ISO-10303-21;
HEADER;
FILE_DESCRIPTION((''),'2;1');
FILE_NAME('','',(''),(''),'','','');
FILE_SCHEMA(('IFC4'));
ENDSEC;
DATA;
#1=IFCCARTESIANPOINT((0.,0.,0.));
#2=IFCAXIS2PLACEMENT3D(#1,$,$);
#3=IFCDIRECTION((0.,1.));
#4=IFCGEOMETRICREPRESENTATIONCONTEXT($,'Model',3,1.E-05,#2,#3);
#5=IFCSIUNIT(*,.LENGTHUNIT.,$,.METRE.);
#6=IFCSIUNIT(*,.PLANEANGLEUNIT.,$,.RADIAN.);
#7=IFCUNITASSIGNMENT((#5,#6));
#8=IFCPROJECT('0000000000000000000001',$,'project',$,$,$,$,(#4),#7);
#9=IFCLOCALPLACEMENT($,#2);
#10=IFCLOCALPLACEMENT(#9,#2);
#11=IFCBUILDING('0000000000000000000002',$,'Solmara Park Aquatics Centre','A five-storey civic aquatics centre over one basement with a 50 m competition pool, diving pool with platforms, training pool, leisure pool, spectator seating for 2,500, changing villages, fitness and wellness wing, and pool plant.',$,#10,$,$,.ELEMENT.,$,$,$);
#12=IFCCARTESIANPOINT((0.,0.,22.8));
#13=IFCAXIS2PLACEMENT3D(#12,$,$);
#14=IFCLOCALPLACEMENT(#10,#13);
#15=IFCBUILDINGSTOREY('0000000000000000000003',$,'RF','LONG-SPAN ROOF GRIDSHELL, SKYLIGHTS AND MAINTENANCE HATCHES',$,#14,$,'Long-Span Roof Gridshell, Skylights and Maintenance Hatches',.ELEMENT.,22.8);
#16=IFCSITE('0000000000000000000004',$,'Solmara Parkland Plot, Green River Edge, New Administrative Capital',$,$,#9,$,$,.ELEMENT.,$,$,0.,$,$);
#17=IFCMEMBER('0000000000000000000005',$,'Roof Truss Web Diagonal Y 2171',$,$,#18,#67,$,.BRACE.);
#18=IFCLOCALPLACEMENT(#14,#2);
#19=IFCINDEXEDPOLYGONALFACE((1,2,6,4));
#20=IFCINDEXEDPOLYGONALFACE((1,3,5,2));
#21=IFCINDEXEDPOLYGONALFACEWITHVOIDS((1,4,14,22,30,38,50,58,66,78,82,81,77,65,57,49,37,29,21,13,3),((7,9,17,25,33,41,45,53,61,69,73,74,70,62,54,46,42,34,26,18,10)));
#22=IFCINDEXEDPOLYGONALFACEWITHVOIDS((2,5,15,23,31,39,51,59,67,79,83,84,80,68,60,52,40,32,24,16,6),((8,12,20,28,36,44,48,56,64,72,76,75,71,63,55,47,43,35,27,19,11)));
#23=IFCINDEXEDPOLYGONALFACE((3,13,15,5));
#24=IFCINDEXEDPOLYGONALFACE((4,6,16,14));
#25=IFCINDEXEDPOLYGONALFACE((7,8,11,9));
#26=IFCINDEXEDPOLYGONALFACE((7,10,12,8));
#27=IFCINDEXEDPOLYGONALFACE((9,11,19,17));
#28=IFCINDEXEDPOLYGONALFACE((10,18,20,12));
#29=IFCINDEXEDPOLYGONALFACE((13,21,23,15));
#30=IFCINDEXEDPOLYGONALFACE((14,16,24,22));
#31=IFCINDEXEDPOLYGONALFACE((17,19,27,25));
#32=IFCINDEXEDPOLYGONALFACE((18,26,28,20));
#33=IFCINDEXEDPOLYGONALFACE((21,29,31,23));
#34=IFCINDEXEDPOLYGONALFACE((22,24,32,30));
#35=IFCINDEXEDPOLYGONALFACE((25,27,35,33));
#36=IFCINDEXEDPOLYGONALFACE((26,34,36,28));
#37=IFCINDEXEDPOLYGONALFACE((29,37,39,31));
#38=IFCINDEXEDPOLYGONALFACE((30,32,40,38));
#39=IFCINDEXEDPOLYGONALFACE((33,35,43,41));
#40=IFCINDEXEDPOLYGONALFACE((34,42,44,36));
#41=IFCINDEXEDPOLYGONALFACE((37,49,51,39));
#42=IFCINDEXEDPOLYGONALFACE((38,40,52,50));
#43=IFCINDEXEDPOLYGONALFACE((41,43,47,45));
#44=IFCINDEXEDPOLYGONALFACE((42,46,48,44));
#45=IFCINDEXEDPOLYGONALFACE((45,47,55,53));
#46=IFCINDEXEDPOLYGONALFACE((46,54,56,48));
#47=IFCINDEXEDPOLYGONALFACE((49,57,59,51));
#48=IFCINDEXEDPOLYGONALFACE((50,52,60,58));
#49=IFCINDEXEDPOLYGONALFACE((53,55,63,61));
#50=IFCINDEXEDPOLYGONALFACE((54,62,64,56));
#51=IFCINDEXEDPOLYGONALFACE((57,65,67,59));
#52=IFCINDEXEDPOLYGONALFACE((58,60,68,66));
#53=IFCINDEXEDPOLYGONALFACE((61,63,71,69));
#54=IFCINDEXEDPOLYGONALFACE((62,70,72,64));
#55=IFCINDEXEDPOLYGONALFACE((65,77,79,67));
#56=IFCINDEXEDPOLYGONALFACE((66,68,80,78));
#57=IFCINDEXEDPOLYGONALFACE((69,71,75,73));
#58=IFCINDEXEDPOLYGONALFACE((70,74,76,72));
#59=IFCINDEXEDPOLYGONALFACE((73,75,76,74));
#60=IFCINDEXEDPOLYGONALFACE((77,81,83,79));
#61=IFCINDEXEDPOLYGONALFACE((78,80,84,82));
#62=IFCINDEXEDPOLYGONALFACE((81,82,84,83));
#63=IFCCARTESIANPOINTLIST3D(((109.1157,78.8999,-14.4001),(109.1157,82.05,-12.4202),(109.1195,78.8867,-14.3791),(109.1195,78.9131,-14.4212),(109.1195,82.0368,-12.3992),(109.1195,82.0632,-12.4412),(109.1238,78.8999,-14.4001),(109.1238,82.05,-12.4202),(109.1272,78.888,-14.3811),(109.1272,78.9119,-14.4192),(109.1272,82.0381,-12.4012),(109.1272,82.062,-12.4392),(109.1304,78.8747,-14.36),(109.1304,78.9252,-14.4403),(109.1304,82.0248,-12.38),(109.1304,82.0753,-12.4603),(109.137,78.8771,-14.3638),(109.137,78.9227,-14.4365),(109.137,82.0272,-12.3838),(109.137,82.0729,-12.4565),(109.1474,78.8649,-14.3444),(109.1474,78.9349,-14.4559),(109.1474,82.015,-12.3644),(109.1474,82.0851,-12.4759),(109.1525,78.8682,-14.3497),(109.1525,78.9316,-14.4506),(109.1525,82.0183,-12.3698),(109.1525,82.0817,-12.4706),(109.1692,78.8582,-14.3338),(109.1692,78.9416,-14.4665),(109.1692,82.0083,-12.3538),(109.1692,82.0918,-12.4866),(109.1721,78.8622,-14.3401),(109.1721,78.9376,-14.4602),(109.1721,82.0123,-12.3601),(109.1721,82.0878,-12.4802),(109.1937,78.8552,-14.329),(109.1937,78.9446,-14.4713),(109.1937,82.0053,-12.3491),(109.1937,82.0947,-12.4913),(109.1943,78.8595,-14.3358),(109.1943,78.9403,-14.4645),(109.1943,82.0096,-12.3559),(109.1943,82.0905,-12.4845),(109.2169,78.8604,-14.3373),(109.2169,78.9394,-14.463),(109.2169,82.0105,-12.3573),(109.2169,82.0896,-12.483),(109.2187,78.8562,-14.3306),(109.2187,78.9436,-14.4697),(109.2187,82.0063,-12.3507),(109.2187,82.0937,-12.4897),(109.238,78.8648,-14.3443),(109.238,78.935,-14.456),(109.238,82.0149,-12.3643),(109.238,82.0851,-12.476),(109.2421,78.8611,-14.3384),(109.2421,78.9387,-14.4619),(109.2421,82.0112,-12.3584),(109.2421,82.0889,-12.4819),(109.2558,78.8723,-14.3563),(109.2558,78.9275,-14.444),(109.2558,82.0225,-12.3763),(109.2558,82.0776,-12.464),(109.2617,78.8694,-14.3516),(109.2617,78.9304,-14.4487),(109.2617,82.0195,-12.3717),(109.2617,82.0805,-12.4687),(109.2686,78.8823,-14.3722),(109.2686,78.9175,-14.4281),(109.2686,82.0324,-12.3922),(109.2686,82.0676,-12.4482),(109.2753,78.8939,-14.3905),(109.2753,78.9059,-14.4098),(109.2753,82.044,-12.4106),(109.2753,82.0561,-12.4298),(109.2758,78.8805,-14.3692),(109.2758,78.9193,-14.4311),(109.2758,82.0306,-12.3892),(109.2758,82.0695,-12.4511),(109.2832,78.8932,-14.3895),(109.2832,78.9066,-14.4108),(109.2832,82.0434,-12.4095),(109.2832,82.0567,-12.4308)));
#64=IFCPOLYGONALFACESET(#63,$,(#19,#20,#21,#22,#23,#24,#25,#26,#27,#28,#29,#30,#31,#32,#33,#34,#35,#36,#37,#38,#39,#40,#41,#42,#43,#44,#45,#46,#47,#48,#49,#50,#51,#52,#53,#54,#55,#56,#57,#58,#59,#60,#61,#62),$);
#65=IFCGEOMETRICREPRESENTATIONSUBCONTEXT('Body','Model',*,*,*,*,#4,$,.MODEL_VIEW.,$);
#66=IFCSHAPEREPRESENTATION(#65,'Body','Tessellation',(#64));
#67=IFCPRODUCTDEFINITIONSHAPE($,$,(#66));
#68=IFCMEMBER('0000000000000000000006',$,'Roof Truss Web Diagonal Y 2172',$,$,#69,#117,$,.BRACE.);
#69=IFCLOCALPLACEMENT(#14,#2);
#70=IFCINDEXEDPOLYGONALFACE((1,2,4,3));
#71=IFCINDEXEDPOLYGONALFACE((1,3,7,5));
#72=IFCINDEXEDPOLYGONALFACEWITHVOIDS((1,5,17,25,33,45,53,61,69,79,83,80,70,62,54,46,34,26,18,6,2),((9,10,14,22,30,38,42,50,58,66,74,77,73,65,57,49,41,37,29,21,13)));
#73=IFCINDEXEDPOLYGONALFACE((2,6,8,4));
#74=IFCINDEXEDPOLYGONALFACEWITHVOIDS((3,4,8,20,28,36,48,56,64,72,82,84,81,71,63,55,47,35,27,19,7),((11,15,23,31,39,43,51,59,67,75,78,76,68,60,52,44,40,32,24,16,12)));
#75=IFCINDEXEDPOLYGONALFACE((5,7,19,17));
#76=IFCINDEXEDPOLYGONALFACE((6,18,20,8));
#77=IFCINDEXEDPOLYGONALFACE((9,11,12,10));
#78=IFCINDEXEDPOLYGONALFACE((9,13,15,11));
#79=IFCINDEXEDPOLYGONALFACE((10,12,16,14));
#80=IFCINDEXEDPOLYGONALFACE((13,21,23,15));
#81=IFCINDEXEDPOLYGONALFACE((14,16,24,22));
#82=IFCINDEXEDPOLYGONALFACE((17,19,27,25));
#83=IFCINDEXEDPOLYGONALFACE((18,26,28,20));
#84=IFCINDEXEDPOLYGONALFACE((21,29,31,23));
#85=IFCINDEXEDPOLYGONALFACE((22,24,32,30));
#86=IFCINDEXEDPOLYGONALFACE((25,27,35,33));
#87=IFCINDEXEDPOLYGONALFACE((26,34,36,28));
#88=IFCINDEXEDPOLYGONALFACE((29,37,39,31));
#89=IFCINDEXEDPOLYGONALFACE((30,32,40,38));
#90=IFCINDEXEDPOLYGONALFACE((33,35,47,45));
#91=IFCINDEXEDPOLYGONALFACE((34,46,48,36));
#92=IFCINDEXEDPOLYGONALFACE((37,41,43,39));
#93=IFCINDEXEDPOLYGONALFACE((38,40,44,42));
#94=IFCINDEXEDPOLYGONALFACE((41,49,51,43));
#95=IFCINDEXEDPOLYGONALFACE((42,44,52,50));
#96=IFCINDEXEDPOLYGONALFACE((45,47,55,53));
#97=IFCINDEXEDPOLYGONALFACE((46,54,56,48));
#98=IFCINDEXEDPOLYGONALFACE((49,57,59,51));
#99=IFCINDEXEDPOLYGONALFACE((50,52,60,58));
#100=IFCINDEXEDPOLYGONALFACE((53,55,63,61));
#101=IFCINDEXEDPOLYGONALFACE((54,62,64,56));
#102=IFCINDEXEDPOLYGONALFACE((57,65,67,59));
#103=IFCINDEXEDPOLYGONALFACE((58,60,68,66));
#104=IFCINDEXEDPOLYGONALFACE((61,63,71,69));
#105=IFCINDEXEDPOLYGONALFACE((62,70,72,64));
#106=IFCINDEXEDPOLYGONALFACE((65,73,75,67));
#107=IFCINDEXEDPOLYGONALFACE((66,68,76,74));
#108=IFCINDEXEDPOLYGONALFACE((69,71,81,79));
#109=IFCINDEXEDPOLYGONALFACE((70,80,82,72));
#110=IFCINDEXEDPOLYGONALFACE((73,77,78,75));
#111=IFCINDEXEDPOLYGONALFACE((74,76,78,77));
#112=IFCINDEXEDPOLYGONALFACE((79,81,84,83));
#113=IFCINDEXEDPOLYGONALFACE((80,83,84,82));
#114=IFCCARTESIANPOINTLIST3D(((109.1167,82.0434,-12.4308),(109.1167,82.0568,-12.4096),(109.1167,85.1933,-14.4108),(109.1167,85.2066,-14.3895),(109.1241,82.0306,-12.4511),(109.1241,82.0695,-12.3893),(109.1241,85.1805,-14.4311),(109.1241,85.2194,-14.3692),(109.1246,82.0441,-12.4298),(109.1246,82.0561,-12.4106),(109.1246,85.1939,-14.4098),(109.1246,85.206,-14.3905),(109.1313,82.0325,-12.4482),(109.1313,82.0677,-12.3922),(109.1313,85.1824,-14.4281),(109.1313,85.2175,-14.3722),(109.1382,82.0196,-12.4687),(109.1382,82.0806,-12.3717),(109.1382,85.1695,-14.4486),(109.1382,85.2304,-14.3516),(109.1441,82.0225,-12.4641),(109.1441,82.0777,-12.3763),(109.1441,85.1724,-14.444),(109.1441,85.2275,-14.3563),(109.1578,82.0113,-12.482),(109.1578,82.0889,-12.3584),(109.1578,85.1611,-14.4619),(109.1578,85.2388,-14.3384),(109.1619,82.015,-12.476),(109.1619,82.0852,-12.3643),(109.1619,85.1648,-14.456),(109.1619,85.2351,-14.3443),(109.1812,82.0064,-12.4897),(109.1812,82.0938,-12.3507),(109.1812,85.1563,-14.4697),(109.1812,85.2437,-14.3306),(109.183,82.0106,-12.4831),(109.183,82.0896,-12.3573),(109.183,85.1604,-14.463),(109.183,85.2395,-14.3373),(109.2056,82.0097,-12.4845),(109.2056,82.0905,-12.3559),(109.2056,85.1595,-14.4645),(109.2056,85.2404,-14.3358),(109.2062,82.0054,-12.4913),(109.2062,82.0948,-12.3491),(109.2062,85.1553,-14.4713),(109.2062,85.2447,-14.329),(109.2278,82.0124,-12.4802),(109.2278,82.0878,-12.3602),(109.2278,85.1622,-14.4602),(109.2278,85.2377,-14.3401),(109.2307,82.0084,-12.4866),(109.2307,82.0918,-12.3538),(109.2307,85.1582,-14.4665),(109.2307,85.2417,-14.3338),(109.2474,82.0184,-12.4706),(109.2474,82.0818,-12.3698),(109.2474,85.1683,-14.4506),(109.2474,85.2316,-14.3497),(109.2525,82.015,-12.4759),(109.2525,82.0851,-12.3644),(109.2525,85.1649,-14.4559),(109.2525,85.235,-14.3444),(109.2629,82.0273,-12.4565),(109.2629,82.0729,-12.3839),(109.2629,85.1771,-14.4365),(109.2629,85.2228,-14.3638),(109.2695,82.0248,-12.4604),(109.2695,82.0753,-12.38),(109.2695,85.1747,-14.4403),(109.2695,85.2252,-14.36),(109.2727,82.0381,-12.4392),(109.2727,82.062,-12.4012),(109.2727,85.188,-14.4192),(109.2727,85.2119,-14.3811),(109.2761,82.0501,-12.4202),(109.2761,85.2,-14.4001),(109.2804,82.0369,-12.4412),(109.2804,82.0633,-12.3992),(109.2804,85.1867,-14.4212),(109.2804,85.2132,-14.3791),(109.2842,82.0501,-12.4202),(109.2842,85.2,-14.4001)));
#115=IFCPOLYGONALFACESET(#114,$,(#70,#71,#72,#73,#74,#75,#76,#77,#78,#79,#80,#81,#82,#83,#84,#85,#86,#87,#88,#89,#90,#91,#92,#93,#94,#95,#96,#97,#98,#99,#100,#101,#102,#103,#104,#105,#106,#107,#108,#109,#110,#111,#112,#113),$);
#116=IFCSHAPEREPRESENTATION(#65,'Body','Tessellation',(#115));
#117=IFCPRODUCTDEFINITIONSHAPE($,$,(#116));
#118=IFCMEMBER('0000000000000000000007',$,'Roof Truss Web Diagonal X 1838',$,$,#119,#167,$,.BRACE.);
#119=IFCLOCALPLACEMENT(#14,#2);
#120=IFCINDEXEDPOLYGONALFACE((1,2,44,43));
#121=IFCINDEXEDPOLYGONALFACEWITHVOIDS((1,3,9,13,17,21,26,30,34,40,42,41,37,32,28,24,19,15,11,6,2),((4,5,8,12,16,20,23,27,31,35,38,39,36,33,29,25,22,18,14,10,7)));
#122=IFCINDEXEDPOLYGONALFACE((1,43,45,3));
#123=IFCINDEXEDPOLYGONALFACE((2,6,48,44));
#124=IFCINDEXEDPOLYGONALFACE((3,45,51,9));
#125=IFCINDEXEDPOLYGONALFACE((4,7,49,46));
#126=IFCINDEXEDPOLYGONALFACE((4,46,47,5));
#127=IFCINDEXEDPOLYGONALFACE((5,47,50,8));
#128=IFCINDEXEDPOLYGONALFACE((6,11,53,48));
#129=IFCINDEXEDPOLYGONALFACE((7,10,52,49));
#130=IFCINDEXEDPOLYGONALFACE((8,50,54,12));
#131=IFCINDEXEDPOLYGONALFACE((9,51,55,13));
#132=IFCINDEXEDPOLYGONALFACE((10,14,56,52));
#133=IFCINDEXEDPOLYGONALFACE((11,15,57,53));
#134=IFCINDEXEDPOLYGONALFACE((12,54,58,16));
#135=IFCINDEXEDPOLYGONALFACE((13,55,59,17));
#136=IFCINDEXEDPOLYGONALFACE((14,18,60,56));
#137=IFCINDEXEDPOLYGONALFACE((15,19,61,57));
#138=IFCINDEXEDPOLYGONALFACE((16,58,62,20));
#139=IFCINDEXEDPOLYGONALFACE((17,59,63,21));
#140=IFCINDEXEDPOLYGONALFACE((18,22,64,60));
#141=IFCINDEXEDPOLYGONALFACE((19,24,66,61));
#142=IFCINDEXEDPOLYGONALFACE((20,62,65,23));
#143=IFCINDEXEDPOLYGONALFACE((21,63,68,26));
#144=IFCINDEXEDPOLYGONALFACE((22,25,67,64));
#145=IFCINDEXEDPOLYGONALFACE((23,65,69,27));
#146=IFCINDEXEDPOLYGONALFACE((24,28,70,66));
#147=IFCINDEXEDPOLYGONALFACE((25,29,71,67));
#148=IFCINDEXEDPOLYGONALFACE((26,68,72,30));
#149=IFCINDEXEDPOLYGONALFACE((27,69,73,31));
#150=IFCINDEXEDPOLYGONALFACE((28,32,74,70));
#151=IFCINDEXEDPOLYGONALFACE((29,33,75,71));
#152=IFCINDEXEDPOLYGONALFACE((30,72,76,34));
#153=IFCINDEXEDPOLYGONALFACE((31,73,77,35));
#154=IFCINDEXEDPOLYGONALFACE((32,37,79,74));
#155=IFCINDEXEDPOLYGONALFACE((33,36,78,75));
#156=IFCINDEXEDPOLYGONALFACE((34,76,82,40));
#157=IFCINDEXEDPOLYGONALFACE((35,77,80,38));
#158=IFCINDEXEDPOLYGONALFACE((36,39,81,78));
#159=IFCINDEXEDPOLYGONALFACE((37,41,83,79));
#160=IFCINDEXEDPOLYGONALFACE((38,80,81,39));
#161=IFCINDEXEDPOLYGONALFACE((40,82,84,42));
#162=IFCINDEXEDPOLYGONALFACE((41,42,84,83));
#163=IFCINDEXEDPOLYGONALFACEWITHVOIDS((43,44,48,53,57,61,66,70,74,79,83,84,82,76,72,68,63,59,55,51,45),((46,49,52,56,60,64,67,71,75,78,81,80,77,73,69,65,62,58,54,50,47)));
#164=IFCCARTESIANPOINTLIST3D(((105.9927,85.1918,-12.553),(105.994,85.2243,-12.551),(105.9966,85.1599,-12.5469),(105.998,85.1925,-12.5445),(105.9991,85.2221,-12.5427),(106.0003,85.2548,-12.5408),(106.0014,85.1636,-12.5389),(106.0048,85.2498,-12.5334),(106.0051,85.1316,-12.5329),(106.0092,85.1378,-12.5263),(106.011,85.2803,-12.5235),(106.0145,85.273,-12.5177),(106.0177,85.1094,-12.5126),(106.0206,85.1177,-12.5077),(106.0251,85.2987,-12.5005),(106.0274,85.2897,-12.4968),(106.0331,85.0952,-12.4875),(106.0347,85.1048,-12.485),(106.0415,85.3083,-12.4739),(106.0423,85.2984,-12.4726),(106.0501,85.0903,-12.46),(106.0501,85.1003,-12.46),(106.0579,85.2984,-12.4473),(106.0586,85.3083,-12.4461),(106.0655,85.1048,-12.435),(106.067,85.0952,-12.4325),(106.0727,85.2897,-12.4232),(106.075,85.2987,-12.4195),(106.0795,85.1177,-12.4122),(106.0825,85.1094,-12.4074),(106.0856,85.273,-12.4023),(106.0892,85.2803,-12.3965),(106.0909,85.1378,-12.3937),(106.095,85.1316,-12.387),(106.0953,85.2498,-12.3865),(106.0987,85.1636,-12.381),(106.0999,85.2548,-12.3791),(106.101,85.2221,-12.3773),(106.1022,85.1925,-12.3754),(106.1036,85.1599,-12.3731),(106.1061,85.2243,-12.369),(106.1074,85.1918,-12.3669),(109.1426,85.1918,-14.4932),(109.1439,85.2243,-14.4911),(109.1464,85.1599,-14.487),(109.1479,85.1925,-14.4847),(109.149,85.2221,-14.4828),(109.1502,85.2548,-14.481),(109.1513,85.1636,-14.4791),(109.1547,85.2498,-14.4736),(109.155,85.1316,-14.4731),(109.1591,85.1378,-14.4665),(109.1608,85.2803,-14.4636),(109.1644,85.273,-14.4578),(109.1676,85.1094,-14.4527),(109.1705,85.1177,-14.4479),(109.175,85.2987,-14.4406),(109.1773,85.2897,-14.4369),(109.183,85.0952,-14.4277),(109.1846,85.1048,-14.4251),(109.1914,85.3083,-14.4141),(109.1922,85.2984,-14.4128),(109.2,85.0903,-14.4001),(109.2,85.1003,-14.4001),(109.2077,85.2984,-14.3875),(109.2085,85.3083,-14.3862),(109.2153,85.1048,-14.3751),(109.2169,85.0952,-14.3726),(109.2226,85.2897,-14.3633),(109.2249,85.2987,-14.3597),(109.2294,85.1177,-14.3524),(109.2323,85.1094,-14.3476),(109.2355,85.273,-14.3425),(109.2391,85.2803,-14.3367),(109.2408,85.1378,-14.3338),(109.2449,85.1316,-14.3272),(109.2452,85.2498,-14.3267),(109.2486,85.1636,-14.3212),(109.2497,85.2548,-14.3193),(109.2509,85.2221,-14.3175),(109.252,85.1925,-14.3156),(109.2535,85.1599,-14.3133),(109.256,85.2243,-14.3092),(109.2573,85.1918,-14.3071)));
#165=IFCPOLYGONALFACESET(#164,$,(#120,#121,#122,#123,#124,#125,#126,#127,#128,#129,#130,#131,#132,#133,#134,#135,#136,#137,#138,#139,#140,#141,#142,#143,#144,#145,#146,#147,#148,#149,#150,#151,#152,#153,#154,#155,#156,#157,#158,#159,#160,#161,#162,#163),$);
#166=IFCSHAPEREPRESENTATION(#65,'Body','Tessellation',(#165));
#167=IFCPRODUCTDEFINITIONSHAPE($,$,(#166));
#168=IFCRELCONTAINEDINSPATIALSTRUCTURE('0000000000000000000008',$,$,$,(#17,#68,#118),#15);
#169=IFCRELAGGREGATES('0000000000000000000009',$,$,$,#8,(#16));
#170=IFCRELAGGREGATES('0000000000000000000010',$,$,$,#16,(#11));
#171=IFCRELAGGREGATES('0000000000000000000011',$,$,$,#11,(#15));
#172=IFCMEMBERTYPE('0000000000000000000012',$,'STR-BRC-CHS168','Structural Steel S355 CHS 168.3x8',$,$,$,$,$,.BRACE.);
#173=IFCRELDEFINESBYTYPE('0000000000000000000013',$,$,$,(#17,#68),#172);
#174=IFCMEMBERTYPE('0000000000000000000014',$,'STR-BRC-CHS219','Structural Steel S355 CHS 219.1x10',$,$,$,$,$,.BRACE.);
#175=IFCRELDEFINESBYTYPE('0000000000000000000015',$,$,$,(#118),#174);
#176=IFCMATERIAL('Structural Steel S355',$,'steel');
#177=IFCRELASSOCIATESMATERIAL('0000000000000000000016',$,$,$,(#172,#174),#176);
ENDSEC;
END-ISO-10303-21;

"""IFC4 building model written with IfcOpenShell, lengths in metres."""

from ifc_helpers import new_model, si_unit, direction, frame, origin, origin_2d, place, context, subcontext, project, spatial, hollow_circle, extrude, material, material_profile, profile_set, type_object, element, save


model = new_model("IFC4")

# Units and contexts
model_context = context("Model", 3, precision=1e-05, world=origin(), true_north=direction((0.0, 1.0)))
body_context = subcontext(model_context, "Body", "Model", "MODEL_VIEW")
ifc_project = project(units=[si_unit("LENGTHUNIT", "METRE"), si_unit("PLANEANGLEUNIT", "RADIAN")], contexts=[model_context])

# Site, building, storey
site_placement = place(None, origin())
site = spatial("IfcSite", under=ifc_project, at=site_placement, Name="Solmara Parkland Plot, Green River Edge, New Administrative Capital", CompositionType="ELEMENT", RefElevation=0.0)
building_placement = place(site_placement, origin())
building = spatial("IfcBuilding", under=site, at=building_placement, Name="Solmara Park Aquatics Centre", Description="A five-storey civic aquatics centre over one basement with a 50 m competition pool, diving pool with platforms, training pool, leisure pool, spectator seating for 2,500, changing villages, fitness and wellness wing, and pool plant.", CompositionType="ELEMENT")
storey_placement = place(building_placement, frame((0.0, 0.0, 22.8)))
storey = spatial("IfcBuildingStorey", under=building, at=storey_placement, Name="RF", Description="LONG-SPAN ROOF GRIDSHELL, SKYLIGHTS AND MAINTENANCE HATCHES", LongName="Long-Span Roof Gridshell, Skylights and Maintenance Hatches", CompositionType="ELEMENT", Elevation=22.8)

# Shared definitions
ifc_material_1 = material(Name="Structural Steel S355", Category="steel")

# Members
ifc_material_profile_1 = material_profile(ifc_material_1, hollow_circle(Radius=0.0842, WallThickness=0.0081, at=origin_2d()), Name="CHS 168.3x8")
ifc_profile_set_1 = profile_set([ifc_material_profile_1], Name="Structural Steel S355")
member_type_1 = type_object("IfcMemberType", Name="STR-BRC-CHS168", Description="Structural Steel S355 CHS 168.3x8", PredefinedType="BRACE", material=ifc_profile_set_1)
member_1_placement = place(storey_placement, frame((109.2, 78.8999, -14.4001), z_axis=(0.0, 0.84665, 0.53215), x_axis=(-1.0, 0.0, 0.0)))
element("IfcMember", 1, at=member_1_placement, inside=storey, type_object=member_type_1, Name="Roof Truss Web Diagonal Y 2171", PredefinedType="BRACE", context=body_context, shape_type="SweptSolid", body=[
    extrude(hollow_circle(Radius=0.0842, WallThickness=0.0081, at=origin_2d()), origin(), (0.0, 0.0, 1.0), 3.7207),
])
member_2_placement = place(storey_placement, frame((109.2, 85.2, -14.4001), z_axis=(0.0, -0.846631, 0.53218), x_axis=(1.0, 0.0, 0.0)))
element("IfcMember", 2, at=member_2_placement, inside=storey, type_object=member_type_1, Name="Roof Truss Web Diagonal Y 2172", PredefinedType="BRACE", context=body_context, shape_type="SweptSolid", body=[
    extrude(hollow_circle(Radius=0.0842, WallThickness=0.0081, at=origin_2d()), origin(), (0.0, 0.0, 1.0), 3.7205),
])
ifc_material_profile_2 = material_profile(ifc_material_1, hollow_circle(Radius=0.1096, WallThickness=0.01, at=origin_2d()), Name="CHS 219.1x10")
ifc_profile_set_2 = profile_set([ifc_material_profile_2], Name="Structural Steel S355")
member_type_2 = type_object("IfcMemberType", Name="STR-BRC-CHS219", Description="Structural Steel S355 CHS 219.1x10", PredefinedType="BRACE", material=ifc_profile_set_2)
member_3_placement = place(storey_placement, frame((109.2, 85.2, -14.4001), z_axis=(-0.851443, 0.0, 0.524447), x_axis=(0.0, -1.0, 0.0)))
element("IfcMember", 3, at=member_3_placement, inside=storey, type_object=member_type_2, Name="Roof Truss Web Diagonal X 1838", PredefinedType="BRACE", context=body_context, shape_type="SweptSolid", body=[
    extrude(hollow_circle(Radius=0.1096, WallThickness=0.01, at=origin_2d()), origin(), (0.0, 0.0, 1.0), 3.6995),
])

save(model, "model.ifc")
